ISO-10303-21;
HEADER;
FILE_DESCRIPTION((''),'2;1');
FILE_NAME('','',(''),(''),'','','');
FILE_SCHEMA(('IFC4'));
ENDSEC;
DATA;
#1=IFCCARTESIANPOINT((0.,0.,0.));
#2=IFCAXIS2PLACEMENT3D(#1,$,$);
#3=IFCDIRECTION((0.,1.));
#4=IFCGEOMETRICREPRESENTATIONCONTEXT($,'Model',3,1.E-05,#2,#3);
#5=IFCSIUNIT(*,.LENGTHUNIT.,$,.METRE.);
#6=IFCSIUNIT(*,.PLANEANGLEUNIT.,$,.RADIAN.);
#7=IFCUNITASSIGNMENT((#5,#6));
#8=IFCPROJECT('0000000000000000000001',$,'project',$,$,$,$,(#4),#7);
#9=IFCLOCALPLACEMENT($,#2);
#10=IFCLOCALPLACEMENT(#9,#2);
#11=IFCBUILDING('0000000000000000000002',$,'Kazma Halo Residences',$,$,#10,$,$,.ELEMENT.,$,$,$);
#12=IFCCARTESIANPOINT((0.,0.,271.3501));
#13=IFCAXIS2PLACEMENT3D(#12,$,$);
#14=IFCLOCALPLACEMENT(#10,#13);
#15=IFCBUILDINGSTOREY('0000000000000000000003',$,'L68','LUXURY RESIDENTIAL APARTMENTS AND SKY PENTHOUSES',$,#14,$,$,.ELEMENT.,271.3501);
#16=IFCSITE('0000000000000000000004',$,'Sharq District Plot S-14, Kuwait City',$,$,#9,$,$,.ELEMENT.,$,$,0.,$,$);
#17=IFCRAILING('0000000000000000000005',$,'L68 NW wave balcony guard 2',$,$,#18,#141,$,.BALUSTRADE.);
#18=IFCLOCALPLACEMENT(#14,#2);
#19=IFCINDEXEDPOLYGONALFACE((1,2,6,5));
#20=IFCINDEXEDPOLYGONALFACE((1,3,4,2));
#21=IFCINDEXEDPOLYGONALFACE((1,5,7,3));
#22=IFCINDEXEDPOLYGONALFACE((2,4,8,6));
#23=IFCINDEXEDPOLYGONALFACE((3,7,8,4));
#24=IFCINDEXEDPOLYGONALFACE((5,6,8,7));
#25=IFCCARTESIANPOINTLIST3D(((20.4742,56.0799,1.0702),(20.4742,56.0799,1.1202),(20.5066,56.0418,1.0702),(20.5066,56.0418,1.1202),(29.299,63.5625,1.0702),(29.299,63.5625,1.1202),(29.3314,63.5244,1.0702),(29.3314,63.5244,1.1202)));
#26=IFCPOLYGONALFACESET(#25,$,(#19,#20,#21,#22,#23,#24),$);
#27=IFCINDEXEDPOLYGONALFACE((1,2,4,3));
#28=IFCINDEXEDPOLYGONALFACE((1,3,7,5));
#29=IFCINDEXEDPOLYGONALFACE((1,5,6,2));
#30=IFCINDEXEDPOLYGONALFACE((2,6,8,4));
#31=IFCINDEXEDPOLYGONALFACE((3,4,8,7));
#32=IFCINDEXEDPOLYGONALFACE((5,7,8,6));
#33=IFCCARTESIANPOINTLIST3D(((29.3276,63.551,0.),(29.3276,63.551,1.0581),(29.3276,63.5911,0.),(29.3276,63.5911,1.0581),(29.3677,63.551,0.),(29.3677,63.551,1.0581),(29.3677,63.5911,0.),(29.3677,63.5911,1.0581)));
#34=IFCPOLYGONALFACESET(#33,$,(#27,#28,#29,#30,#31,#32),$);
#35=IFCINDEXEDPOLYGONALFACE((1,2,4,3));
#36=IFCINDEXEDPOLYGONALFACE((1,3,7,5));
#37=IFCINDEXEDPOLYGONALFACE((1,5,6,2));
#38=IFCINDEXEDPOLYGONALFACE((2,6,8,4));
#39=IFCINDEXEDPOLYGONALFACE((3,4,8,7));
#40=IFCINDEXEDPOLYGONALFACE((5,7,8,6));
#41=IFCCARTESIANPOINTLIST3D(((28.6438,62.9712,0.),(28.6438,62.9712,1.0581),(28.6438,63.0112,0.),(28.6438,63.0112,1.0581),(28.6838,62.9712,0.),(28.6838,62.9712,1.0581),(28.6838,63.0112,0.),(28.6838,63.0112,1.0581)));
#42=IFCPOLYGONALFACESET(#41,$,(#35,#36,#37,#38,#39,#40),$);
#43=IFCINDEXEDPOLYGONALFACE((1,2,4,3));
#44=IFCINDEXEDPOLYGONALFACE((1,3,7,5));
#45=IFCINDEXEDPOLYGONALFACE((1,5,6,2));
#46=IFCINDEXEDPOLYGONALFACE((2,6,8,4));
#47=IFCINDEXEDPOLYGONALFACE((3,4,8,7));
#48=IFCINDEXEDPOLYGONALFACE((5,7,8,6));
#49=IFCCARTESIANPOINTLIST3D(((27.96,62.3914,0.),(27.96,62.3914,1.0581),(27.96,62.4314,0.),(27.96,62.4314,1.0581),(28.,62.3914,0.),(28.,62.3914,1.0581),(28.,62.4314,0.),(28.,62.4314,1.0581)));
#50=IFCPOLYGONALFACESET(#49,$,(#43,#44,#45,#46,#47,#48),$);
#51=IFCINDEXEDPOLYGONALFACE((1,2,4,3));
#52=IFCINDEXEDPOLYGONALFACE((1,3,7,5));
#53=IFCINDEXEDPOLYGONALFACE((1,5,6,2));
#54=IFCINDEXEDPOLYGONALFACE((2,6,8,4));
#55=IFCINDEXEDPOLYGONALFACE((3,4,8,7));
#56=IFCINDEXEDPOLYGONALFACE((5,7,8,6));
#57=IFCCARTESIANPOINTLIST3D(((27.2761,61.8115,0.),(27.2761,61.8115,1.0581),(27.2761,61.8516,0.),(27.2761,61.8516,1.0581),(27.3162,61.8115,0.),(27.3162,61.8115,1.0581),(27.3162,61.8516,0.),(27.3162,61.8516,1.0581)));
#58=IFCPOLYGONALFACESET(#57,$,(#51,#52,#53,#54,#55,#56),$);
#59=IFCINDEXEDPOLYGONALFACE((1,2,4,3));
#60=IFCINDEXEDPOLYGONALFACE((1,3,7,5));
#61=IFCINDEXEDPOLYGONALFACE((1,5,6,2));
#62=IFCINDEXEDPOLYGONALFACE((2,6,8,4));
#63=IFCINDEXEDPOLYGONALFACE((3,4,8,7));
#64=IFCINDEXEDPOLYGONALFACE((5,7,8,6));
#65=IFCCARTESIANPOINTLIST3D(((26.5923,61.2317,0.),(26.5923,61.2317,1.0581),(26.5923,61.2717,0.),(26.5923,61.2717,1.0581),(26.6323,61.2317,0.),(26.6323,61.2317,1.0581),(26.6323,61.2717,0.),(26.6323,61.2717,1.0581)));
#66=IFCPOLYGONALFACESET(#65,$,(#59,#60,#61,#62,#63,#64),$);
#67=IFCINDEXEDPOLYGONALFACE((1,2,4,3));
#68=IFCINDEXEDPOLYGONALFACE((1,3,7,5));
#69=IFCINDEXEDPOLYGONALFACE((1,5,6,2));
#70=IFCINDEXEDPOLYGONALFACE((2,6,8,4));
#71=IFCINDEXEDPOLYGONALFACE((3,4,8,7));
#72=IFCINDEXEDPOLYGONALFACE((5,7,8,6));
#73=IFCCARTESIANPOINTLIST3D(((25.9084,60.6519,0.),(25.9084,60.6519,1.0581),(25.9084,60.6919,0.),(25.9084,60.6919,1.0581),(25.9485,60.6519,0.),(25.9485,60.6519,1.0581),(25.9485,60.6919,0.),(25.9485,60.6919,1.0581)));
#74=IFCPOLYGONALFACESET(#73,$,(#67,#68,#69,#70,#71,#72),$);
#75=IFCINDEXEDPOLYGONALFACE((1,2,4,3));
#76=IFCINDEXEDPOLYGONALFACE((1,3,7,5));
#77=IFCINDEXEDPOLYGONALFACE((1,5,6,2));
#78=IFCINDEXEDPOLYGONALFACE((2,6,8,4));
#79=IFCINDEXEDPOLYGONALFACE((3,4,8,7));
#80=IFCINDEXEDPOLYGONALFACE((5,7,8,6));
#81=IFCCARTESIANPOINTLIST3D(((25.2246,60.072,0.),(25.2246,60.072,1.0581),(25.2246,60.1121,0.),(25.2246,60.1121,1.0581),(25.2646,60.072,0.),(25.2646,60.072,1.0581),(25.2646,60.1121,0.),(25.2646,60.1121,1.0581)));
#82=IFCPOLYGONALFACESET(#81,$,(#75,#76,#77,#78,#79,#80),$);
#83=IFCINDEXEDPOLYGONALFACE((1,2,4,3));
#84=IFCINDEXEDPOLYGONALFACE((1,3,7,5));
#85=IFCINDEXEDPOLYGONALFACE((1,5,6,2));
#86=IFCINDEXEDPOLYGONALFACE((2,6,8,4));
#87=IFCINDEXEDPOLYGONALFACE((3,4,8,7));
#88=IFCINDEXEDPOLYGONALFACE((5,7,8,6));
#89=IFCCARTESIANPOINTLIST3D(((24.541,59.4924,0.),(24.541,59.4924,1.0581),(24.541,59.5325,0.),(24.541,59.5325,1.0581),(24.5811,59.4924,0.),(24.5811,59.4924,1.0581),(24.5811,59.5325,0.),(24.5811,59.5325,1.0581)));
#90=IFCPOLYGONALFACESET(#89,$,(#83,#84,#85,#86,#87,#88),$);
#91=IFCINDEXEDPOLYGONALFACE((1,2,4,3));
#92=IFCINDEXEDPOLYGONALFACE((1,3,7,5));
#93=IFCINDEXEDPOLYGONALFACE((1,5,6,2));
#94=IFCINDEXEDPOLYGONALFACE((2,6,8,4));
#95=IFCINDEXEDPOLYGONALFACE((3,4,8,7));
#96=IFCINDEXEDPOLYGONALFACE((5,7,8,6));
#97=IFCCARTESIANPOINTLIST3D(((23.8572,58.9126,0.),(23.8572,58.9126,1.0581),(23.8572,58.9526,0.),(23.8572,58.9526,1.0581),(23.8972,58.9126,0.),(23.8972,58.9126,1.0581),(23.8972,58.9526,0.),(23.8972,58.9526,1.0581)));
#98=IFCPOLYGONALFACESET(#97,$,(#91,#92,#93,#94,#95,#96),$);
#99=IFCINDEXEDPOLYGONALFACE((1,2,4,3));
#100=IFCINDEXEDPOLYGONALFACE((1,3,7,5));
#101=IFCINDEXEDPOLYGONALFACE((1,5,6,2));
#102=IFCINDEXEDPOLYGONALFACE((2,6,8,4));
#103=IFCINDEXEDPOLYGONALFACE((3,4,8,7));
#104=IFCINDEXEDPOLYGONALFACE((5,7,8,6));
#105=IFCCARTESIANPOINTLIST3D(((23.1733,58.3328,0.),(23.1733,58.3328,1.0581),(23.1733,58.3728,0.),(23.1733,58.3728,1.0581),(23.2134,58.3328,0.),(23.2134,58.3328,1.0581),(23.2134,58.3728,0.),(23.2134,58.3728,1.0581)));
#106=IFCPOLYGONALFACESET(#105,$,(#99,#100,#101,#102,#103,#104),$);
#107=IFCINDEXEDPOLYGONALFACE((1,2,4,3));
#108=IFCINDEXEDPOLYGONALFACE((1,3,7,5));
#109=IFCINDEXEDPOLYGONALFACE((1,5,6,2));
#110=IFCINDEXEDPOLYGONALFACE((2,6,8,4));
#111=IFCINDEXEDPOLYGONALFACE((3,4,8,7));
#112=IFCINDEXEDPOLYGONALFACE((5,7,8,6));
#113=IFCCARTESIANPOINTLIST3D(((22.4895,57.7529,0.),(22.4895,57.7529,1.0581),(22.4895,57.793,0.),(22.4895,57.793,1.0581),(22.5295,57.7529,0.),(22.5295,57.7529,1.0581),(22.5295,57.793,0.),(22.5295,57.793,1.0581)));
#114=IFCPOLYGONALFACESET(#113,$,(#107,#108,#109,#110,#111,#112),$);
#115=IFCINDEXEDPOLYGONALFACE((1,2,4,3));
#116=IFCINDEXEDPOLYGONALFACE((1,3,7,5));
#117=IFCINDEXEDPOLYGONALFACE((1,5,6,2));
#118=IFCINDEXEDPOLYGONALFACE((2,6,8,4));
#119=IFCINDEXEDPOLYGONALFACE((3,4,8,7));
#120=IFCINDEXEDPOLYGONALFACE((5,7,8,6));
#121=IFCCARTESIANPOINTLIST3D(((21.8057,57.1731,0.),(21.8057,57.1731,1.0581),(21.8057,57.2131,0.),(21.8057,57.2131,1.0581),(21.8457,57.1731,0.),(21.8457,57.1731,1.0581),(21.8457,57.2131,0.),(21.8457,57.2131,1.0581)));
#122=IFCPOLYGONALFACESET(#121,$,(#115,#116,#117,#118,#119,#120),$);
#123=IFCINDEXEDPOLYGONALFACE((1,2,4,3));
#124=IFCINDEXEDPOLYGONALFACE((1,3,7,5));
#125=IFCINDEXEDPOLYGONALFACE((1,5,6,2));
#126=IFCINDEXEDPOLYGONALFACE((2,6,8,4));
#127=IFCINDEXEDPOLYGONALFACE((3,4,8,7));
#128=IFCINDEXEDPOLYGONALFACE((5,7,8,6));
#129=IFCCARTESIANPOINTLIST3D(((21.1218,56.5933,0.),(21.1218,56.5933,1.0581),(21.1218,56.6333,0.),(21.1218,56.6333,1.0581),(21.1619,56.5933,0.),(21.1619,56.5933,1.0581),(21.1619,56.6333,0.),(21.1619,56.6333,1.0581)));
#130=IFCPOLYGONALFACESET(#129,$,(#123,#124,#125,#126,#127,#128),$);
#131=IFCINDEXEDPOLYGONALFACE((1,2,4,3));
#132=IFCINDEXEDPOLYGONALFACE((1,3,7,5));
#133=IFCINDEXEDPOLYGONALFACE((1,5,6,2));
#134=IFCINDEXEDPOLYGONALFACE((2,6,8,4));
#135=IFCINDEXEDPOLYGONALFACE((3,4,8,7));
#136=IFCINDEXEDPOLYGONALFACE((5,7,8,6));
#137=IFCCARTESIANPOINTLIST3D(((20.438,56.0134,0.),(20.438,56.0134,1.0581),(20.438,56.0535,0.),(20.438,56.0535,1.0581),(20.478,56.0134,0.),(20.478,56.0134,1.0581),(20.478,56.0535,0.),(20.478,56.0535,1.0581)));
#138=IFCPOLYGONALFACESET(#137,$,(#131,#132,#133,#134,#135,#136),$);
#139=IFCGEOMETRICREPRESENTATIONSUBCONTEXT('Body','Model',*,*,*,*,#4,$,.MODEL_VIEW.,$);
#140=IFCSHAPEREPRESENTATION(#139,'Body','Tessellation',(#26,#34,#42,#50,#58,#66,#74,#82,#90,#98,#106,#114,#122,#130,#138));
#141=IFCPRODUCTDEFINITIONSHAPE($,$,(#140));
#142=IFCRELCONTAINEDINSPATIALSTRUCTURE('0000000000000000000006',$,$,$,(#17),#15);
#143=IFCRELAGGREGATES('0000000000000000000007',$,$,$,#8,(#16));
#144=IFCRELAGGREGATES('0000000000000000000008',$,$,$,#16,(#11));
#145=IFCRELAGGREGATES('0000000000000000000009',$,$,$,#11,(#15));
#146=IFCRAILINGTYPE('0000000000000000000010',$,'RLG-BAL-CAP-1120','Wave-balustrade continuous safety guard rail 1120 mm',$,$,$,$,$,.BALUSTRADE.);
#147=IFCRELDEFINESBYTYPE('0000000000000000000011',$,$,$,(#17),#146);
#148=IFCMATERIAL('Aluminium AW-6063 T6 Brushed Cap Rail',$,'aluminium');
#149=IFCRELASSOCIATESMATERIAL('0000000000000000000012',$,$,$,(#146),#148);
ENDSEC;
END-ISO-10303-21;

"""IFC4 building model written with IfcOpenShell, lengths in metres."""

from ifc_helpers import new_model, si_unit, direction, frame, origin, origin_2d, place, context, subcontext, project, spatial, rectangle, extrude, material, type_object, element, save


model = new_model("IFC4")

# Units and contexts
model_context = context("Model", 3, precision=1e-05, world=origin(), true_north=direction((0.0, 1.0)))
body_context = subcontext(model_context, "Body", "Model", "MODEL_VIEW")
ifc_project = project(units=[si_unit("LENGTHUNIT", "METRE"), si_unit("PLANEANGLEUNIT", "RADIAN")], contexts=[model_context])

# Site, building, storey
site_placement = place(None, origin())
site = spatial("IfcSite", under=ifc_project, at=site_placement, Name="Sharq District Plot S-14, Kuwait City", CompositionType="ELEMENT", RefElevation=0.0)
building_placement = place(site_placement, origin())
building = spatial("IfcBuilding", under=site, at=building_placement, Name="Kazma Halo Residences", CompositionType="ELEMENT")
storey_placement = place(building_placement, frame((0.0, 0.0, 271.3501)))
storey = spatial("IfcBuildingStorey", under=building, at=storey_placement, Name="L68", Description="LUXURY RESIDENTIAL APARTMENTS AND SKY PENTHOUSES", CompositionType="ELEMENT", Elevation=271.3501)

# Railing
ifc_material_1 = material(Name="Aluminium AW-6063 T6 Brushed Cap Rail", Category="aluminium")
railing_type = type_object("IfcRailingType", Name="RLG-BAL-CAP-1120", Description="Wave-balustrade continuous safety guard rail 1120 mm", PredefinedType="BALUSTRADE", material=ifc_material_1)
railing_1_placement = place(storey_placement, frame((29.3477, 63.571, 0.0)))
element("IfcRailing", 1, at=railing_1_placement, inside=storey, type_object=railing_type, Name="L68 NW wave balcony guard 2", PredefinedType="BALUSTRADE", context=body_context, shape_type="SweptSolid", body=[
    extrude(rectangle(XDim=0.05, YDim=0.05, at=origin_2d()), frame((-0.0325, -0.0276, 1.0952), z_axis=(-0.762726, -0.646721, 0.0), x_axis=(0.646721, -0.762726, 0.0)), (0.0, 0.0, 1.0), 11.5701),
    extrude(rectangle(XDim=0.04, YDim=0.04, at=origin_2d()), origin(), (0.0, 0.0, 1.0), 1.0581),
    extrude(rectangle(XDim=0.04, YDim=0.04, at=origin_2d()), frame((-0.6838, -0.5798, 0.0)), (0.0, 0.0, 1.0), 1.0581),
    extrude(rectangle(XDim=0.04, YDim=0.04, at=origin_2d()), frame((-1.3677, -1.1597, 0.0)), (0.0, 0.0, 1.0), 1.0581),
    extrude(rectangle(XDim=0.04, YDim=0.04, at=origin_2d()), frame((-2.0515, -1.7395, 0.0)), (0.0, 0.0, 1.0), 1.0581),
    extrude(rectangle(XDim=0.04, YDim=0.04, at=origin_2d()), frame((-2.7354, -2.3193, 0.0)), (0.0, 0.0, 1.0), 1.0581),
    extrude(rectangle(XDim=0.04, YDim=0.04, at=origin_2d()), frame((-3.4192, -2.8992, 0.0)), (0.0, 0.0, 1.0), 1.0581),
    extrude(rectangle(XDim=0.04, YDim=0.04, at=origin_2d()), frame((-4.103, -3.479, 0.0)), (0.0, 0.0, 1.0), 1.0581),
    extrude(rectangle(XDim=0.04, YDim=0.04, at=origin_2d()), frame((-4.7866, -4.0586, 0.0)), (0.0, 0.0, 1.0), 1.0581),
    extrude(rectangle(XDim=0.04, YDim=0.04, at=origin_2d()), frame((-5.4705, -4.6384, 0.0)), (0.0, 0.0, 1.0), 1.0581),
    extrude(rectangle(XDim=0.04, YDim=0.04, at=origin_2d()), frame((-6.1543, -5.2183, 0.0)), (0.0, 0.0, 1.0), 1.0581),
    extrude(rectangle(XDim=0.04, YDim=0.04, at=origin_2d()), frame((-6.8381, -5.7981, 0.0)), (0.0, 0.0, 1.0), 1.0581),
    extrude(rectangle(XDim=0.04, YDim=0.04, at=origin_2d()), frame((-7.522, -6.3779, 0.0)), (0.0, 0.0, 1.0), 1.0581),
    extrude(rectangle(XDim=0.04, YDim=0.04, at=origin_2d()), frame((-8.2058, -6.9578, 0.0)), (0.0, 0.0, 1.0), 1.0581),
    extrude(rectangle(XDim=0.04, YDim=0.04, at=origin_2d()), frame((-8.8896, -7.5376, 0.0)), (0.0, 0.0, 1.0), 1.0581),
])

save(model, "model.ifc")
